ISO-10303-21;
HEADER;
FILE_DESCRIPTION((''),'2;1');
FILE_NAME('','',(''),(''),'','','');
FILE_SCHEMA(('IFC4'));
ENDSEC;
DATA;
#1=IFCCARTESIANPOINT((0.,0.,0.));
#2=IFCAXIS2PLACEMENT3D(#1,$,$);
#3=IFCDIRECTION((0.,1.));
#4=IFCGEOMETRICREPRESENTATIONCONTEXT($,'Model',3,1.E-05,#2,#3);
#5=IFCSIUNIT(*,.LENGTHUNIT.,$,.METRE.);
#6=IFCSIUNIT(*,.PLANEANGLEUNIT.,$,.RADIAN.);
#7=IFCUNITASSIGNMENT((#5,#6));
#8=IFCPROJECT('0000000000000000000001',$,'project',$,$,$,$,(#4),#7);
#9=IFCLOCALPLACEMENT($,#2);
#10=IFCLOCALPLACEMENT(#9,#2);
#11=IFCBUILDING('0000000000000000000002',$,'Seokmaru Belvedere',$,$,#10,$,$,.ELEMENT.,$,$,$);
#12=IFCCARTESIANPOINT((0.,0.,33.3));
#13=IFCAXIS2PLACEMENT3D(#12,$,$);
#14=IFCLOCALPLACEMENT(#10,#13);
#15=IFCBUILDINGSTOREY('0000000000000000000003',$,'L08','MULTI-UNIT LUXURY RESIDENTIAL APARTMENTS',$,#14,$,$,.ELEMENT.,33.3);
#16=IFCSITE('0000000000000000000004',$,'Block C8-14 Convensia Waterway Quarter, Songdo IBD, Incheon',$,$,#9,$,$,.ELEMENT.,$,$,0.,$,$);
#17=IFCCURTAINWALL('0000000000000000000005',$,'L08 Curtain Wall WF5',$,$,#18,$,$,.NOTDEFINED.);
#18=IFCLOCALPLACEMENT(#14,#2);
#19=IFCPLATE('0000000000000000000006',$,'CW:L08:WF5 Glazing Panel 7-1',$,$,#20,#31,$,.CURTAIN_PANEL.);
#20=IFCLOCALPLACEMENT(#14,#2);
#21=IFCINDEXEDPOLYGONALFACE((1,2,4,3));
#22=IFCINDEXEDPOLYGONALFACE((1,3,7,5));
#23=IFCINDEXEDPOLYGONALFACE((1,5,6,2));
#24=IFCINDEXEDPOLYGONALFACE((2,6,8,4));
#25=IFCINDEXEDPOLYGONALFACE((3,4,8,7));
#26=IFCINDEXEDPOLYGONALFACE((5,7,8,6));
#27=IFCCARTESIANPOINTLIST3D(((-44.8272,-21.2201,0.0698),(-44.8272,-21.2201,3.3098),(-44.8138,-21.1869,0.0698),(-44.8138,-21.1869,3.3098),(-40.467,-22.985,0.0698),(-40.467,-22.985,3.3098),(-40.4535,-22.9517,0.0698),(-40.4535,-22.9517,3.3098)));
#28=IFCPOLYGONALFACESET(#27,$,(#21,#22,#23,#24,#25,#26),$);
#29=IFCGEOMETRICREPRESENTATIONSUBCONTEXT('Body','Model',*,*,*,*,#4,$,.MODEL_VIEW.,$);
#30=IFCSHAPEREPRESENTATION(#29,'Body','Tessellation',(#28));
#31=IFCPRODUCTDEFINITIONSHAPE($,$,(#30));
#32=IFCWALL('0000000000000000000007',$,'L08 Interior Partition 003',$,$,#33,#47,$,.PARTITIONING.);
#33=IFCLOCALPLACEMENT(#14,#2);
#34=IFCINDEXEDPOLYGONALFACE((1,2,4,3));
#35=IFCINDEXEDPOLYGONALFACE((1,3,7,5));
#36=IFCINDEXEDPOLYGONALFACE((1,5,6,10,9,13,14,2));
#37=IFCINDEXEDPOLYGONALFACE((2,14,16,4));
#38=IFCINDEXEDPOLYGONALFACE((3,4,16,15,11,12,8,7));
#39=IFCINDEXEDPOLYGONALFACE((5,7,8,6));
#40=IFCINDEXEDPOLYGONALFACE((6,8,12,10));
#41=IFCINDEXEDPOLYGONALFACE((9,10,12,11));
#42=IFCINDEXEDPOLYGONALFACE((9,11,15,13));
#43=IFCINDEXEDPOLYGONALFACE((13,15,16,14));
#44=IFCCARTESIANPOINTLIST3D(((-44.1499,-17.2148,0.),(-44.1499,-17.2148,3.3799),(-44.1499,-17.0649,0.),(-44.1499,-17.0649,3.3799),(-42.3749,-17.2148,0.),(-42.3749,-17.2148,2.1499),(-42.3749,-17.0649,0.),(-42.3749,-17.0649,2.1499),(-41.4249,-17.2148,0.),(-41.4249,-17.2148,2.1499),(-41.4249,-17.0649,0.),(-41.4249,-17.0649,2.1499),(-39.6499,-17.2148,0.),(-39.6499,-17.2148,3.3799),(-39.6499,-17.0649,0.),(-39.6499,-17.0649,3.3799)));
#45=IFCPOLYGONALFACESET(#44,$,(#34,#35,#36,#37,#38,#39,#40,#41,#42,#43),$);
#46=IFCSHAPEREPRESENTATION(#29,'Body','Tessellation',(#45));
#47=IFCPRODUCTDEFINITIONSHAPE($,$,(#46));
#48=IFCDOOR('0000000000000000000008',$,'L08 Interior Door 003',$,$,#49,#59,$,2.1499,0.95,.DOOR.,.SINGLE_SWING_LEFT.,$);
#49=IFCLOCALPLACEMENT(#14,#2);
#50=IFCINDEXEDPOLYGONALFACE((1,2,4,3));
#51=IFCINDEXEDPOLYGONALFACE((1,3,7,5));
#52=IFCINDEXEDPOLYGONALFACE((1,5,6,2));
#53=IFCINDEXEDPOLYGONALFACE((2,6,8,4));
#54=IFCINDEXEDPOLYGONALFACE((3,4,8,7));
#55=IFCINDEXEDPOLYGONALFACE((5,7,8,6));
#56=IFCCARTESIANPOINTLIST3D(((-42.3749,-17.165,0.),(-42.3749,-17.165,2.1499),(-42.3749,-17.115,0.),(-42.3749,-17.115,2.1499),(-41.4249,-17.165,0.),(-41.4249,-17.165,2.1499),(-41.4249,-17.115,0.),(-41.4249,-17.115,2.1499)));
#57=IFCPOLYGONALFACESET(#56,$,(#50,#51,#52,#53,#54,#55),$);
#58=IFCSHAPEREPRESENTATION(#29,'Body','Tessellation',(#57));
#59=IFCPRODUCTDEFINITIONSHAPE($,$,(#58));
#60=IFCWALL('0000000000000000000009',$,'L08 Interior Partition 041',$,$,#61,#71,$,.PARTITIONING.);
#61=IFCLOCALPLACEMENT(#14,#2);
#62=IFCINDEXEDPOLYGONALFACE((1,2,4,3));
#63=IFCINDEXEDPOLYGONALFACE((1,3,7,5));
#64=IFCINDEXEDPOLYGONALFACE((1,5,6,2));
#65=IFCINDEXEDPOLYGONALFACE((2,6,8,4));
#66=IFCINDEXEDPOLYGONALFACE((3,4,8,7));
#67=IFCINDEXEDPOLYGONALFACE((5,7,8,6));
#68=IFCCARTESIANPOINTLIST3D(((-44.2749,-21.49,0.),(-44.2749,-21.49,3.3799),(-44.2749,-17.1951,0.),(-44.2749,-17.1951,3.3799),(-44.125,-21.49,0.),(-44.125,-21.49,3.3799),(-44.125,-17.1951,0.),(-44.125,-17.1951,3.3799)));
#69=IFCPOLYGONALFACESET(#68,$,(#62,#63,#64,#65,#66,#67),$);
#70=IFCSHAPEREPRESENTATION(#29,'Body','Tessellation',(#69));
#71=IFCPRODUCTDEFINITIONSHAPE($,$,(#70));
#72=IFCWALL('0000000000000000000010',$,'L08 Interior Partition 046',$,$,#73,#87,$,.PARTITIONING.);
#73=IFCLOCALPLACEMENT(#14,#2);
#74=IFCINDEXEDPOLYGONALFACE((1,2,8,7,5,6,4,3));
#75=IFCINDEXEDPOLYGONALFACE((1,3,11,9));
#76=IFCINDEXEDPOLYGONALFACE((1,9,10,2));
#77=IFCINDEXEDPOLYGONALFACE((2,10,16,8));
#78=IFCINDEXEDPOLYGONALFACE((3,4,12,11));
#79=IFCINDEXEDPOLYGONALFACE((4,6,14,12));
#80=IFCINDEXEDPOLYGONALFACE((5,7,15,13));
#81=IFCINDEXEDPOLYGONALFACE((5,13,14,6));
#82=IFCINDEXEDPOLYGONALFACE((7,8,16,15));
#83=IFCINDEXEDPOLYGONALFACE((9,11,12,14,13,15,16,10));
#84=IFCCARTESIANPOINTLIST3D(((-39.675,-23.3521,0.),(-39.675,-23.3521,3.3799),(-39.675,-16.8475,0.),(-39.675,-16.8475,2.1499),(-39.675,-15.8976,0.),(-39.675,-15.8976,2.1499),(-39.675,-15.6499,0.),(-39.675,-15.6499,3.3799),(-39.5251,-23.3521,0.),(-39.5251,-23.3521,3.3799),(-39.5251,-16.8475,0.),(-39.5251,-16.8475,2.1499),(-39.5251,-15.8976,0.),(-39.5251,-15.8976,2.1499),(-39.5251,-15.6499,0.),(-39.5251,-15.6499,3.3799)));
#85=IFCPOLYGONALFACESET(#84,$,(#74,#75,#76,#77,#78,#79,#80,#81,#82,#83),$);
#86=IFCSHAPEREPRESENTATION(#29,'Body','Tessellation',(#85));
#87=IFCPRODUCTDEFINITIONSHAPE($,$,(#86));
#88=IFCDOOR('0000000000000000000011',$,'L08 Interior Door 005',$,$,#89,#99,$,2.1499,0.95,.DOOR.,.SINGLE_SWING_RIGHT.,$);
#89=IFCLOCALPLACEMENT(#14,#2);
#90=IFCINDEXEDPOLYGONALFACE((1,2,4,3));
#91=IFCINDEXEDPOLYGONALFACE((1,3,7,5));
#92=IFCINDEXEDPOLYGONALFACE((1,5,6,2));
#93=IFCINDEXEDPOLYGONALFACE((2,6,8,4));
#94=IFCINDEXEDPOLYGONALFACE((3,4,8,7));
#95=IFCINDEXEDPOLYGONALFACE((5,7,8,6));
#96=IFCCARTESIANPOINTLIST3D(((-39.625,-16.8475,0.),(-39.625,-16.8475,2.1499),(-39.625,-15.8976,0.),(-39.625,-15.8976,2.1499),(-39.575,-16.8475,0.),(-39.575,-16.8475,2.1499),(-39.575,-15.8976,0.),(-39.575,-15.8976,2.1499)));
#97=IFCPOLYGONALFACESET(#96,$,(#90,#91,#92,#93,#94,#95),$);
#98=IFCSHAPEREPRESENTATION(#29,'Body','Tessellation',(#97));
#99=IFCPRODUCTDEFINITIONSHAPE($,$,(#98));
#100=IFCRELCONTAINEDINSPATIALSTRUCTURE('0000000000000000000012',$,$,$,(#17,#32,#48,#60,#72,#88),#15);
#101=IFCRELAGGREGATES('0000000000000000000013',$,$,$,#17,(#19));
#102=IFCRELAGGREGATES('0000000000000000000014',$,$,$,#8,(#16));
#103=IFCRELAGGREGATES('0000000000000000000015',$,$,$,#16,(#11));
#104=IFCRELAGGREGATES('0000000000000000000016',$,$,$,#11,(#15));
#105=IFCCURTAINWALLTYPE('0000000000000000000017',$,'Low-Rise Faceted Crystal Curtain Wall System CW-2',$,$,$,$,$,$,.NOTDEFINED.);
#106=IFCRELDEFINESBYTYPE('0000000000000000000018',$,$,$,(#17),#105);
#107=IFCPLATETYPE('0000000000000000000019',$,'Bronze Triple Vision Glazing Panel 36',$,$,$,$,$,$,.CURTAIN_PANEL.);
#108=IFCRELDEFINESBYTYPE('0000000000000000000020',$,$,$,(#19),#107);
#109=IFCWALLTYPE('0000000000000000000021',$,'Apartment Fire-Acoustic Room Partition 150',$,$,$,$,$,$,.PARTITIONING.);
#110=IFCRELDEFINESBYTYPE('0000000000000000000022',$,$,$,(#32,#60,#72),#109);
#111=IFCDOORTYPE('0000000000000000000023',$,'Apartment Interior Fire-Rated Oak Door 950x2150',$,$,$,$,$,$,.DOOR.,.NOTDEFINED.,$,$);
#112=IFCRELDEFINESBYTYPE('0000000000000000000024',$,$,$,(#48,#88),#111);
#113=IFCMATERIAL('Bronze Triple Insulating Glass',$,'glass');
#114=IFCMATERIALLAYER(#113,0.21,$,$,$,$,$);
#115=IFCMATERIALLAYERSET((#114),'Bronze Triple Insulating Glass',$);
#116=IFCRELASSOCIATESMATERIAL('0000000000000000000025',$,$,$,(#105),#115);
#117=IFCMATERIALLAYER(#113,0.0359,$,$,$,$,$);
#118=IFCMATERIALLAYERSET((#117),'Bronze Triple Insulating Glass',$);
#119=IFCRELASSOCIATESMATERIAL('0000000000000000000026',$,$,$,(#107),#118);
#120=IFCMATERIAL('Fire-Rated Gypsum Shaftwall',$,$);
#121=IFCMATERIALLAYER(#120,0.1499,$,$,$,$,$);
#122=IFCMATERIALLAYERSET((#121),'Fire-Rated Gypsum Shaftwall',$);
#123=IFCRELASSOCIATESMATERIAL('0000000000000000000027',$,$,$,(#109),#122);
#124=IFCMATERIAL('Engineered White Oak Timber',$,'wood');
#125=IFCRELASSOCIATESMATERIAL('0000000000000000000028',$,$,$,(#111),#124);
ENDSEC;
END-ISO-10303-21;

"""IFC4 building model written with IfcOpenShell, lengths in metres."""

from ifc_helpers import new_model, si_unit, direction, frame, frame_2d, origin, origin_2d, place, context, subcontext, project, spatial, rectangle, extrude, source, transform, mapped, material, layer, layer_set, type_object, type_shapes, element, fill, aggregate, save


model = new_model("IFC4")

# Units and contexts
model_context = context("Model", 3, precision=1e-05, world=origin(), true_north=direction((0.0, 1.0)))
body_context = subcontext(model_context, "Body", "Model", "MODEL_VIEW")
ifc_project = project(units=[si_unit("LENGTHUNIT", "METRE"), si_unit("PLANEANGLEUNIT", "RADIAN")], contexts=[model_context])

# Site, building, storey
site_placement = place(None, origin())
site = spatial("IfcSite", under=ifc_project, at=site_placement, Name="Block C8-14 Convensia Waterway Quarter, Songdo IBD, Incheon", CompositionType="ELEMENT", RefElevation=0.0)
building_placement = place(site_placement, origin())
building = spatial("IfcBuilding", under=site, at=building_placement, Name="Seokmaru Belvedere", CompositionType="ELEMENT")
storey_placement = place(building_placement, frame((0.0, 0.0, 33.3)))
storey = spatial("IfcBuildingStorey", under=building, at=storey_placement, Name="L08", Description="MULTI-UNIT LUXURY RESIDENTIAL APARTMENTS", CompositionType="ELEMENT", Elevation=33.3)

# Curtain wall, plate
ifc_material_1 = material(Name="Bronze Triple Insulating Glass", Category="glass")
ifc_layer_1 = layer(ifc_material_1, 0.21)
ifc_layer_set_1 = layer_set([ifc_layer_1], Name="Bronze Triple Insulating Glass")
curtain_wall_type = type_object("IfcCurtainWallType", Name="Low-Rise Faceted Crystal Curtain Wall System CW-2", PredefinedType="NOTDEFINED", material=ifc_layer_set_1)
curtain_wall_placement = place(storey_placement, origin())
curtain_wall = element("IfcCurtainWall", 1, at=curtain_wall_placement, inside=storey, type_object=curtain_wall_type, Name="L08 Curtain Wall WF5", PredefinedType="NOTDEFINED")
ifc_layer_2 = layer(ifc_material_1, 0.0359)
ifc_layer_set_2 = layer_set([ifc_layer_2], Name="Bronze Triple Insulating Glass")
plate_type = type_object("IfcPlateType", Name="Bronze Triple Vision Glazing Panel 36", PredefinedType="CURTAIN_PANEL", material=ifc_layer_set_2)
shared_shape_1 = source(origin(), body_context, "Body", "SweptSolid", [
    extrude(rectangle(XDim=4.7039, YDim=0.0359, at=origin_2d()), origin(), (0.0, 0.0, 1.0), 3.24),
])
type_shapes(plate_type, [shared_shape_1])
plate_1_placement = place(storey_placement, frame((-42.6404, -22.0859, 0.0698), z_axis=(0.0, 0.0, 1.0), x_axis=(0.926947, -0.375192, 0.0)))
plate_1 = element("IfcPlate", 2, at=plate_1_placement, type_object=plate_type, Name="CW:L08:WF5 Glazing Panel 7-1", PredefinedType="CURTAIN_PANEL", context=body_context, shape_type="MappedRepresentation", body=[
    mapped(shared_shape_1, transform((0.0, 0.0, 0.0), scale=1.0)),
])
aggregate(curtain_wall, [plate_1])

# Wall, opening, door
ifc_material_2 = material(Name="Fire-Rated Gypsum Shaftwall")
ifc_layer_3 = layer(ifc_material_2, 0.1499)
ifc_layer_set_3 = layer_set([ifc_layer_3], Name="Fire-Rated Gypsum Shaftwall")
wall_type_1 = type_object("IfcWallType", Name="Apartment Fire-Acoustic Room Partition 150", PredefinedType="PARTITIONING", material=ifc_layer_set_3)
wall_1_placement = place(storey_placement, frame((-44.1499, -17.1399, 0.0), z_axis=(0.0, 0.0, 1.0), x_axis=(1.0, 0.0, 0.0)))
wall_1 = element("IfcWall", 3, at=wall_1_placement, inside=storey, type_object=wall_type_1, Name="L08 Interior Partition 003", PredefinedType="PARTITIONING", context=body_context, shape_type="SweptSolid", body=[
    extrude(rectangle(XDim=4.5, YDim=0.1499, at=frame_2d((2.25, 0.0))), origin(), (0.0, 0.0, 1.0), 3.3799),
])
opening_1_placement = place(wall_1_placement, frame((1.7749, 0.0, 0.0)))
opening_1 = element("IfcOpeningElement", 4, at=opening_1_placement, cuts=wall_1, PredefinedType="OPENING", context=body_context, shape_type="SweptSolid", body=[
    extrude(rectangle(XDim=0.95, YDim=2.1499, at=frame_2d((0.4751, 1.075))), frame((0.0, 0.085, 0.0), z_axis=(0.0, -1.0, 0.0), x_axis=(1.0, 0.0, 0.0)), (0.0, 0.0, 1.0), 0.1699),
])
ifc_material_3 = material(Name="Engineered White Oak Timber", Category="wood")
door_type_1 = type_object("IfcDoorType", Name="Apartment Interior Fire-Rated Oak Door 950x2150", OperationType="NOTDEFINED", PredefinedType="DOOR", material=ifc_material_3)
shared_shape_2 = source(origin(), body_context, "Body", "SweptSolid", [
    extrude(rectangle(XDim=0.95, YDim=2.1499, at=frame_2d((0.4751, 1.075))), frame((0.0, 0.0249, 0.0), z_axis=(0.0, -1.0, 0.0), x_axis=(1.0, 0.0, 0.0)), (0.0, 0.0, 1.0), 0.05),
])
type_shapes(door_type_1, [shared_shape_2])
door_1_placement = place(opening_1_placement, origin())
door_1 = element("IfcDoor", 5, at=door_1_placement, inside=storey, type_object=door_type_1, Name="L08 Interior Door 003", OperationType="SINGLE_SWING_LEFT", OverallHeight=2.1499, OverallWidth=0.95, PredefinedType="DOOR", context=body_context, shape_type="MappedRepresentation", body=[
    mapped(shared_shape_2, transform((0.0, 0.0, 0.0), scale=1.0)),
])
fill(opening_1, door_1)

# Wall
wall_2_placement = place(storey_placement, frame((-44.2, -21.49, 0.0), z_axis=(0.0, 0.0, 1.0), x_axis=(0.0, 1.0, 0.0)))
element("IfcWall", 6, at=wall_2_placement, inside=storey, type_object=wall_type_1, Name="L08 Interior Partition 041", PredefinedType="PARTITIONING", context=body_context, shape_type="SweptSolid", body=[
    extrude(rectangle(XDim=4.2949, YDim=0.1499, at=frame_2d((2.1475, 0.0))), origin(), (0.0, 0.0, 1.0), 3.3799),
])

# Wall, opening, door
wall_3_placement = place(storey_placement, frame((-39.6001, -23.3521, 0.0), z_axis=(0.0, 0.0, 1.0), x_axis=(0.0, 1.0, 0.0)))
wall_3 = element("IfcWall", 7, at=wall_3_placement, inside=storey, type_object=wall_type_1, Name="L08 Interior Partition 046", PredefinedType="PARTITIONING", context=body_context, shape_type="SweptSolid", body=[
    extrude(rectangle(XDim=7.7021, YDim=0.1499, at=frame_2d((3.8511, 0.0))), origin(), (0.0, 0.0, 1.0), 3.3799),
])
opening_2_placement = place(wall_3_placement, frame((6.5044, 0.0, 0.0)))
opening_2 = element("IfcOpeningElement", 8, at=opening_2_placement, cuts=wall_3, PredefinedType="OPENING", context=body_context, shape_type="SweptSolid", body=[
    extrude(rectangle(XDim=0.95, YDim=2.1499, at=frame_2d((0.4751, 1.075))), frame((0.0, 0.085, 0.0), z_axis=(0.0, -1.0, 0.0), x_axis=(1.0, 0.0, 0.0)), (0.0, 0.0, 1.0), 0.1699),
])
door_2_placement = place(opening_2_placement, origin())
door_2 = element("IfcDoor", 9, at=door_2_placement, inside=storey, type_object=door_type_1, Name="L08 Interior Door 005", OperationType="SINGLE_SWING_RIGHT", OverallHeight=2.1499, OverallWidth=0.95, PredefinedType="DOOR", context=body_context, shape_type="MappedRepresentation", body=[
    mapped(shared_shape_2, transform((0.0, 0.0, 0.0), scale=1.0)),
])
fill(opening_2, door_2)

save(model, "model.ifc")
